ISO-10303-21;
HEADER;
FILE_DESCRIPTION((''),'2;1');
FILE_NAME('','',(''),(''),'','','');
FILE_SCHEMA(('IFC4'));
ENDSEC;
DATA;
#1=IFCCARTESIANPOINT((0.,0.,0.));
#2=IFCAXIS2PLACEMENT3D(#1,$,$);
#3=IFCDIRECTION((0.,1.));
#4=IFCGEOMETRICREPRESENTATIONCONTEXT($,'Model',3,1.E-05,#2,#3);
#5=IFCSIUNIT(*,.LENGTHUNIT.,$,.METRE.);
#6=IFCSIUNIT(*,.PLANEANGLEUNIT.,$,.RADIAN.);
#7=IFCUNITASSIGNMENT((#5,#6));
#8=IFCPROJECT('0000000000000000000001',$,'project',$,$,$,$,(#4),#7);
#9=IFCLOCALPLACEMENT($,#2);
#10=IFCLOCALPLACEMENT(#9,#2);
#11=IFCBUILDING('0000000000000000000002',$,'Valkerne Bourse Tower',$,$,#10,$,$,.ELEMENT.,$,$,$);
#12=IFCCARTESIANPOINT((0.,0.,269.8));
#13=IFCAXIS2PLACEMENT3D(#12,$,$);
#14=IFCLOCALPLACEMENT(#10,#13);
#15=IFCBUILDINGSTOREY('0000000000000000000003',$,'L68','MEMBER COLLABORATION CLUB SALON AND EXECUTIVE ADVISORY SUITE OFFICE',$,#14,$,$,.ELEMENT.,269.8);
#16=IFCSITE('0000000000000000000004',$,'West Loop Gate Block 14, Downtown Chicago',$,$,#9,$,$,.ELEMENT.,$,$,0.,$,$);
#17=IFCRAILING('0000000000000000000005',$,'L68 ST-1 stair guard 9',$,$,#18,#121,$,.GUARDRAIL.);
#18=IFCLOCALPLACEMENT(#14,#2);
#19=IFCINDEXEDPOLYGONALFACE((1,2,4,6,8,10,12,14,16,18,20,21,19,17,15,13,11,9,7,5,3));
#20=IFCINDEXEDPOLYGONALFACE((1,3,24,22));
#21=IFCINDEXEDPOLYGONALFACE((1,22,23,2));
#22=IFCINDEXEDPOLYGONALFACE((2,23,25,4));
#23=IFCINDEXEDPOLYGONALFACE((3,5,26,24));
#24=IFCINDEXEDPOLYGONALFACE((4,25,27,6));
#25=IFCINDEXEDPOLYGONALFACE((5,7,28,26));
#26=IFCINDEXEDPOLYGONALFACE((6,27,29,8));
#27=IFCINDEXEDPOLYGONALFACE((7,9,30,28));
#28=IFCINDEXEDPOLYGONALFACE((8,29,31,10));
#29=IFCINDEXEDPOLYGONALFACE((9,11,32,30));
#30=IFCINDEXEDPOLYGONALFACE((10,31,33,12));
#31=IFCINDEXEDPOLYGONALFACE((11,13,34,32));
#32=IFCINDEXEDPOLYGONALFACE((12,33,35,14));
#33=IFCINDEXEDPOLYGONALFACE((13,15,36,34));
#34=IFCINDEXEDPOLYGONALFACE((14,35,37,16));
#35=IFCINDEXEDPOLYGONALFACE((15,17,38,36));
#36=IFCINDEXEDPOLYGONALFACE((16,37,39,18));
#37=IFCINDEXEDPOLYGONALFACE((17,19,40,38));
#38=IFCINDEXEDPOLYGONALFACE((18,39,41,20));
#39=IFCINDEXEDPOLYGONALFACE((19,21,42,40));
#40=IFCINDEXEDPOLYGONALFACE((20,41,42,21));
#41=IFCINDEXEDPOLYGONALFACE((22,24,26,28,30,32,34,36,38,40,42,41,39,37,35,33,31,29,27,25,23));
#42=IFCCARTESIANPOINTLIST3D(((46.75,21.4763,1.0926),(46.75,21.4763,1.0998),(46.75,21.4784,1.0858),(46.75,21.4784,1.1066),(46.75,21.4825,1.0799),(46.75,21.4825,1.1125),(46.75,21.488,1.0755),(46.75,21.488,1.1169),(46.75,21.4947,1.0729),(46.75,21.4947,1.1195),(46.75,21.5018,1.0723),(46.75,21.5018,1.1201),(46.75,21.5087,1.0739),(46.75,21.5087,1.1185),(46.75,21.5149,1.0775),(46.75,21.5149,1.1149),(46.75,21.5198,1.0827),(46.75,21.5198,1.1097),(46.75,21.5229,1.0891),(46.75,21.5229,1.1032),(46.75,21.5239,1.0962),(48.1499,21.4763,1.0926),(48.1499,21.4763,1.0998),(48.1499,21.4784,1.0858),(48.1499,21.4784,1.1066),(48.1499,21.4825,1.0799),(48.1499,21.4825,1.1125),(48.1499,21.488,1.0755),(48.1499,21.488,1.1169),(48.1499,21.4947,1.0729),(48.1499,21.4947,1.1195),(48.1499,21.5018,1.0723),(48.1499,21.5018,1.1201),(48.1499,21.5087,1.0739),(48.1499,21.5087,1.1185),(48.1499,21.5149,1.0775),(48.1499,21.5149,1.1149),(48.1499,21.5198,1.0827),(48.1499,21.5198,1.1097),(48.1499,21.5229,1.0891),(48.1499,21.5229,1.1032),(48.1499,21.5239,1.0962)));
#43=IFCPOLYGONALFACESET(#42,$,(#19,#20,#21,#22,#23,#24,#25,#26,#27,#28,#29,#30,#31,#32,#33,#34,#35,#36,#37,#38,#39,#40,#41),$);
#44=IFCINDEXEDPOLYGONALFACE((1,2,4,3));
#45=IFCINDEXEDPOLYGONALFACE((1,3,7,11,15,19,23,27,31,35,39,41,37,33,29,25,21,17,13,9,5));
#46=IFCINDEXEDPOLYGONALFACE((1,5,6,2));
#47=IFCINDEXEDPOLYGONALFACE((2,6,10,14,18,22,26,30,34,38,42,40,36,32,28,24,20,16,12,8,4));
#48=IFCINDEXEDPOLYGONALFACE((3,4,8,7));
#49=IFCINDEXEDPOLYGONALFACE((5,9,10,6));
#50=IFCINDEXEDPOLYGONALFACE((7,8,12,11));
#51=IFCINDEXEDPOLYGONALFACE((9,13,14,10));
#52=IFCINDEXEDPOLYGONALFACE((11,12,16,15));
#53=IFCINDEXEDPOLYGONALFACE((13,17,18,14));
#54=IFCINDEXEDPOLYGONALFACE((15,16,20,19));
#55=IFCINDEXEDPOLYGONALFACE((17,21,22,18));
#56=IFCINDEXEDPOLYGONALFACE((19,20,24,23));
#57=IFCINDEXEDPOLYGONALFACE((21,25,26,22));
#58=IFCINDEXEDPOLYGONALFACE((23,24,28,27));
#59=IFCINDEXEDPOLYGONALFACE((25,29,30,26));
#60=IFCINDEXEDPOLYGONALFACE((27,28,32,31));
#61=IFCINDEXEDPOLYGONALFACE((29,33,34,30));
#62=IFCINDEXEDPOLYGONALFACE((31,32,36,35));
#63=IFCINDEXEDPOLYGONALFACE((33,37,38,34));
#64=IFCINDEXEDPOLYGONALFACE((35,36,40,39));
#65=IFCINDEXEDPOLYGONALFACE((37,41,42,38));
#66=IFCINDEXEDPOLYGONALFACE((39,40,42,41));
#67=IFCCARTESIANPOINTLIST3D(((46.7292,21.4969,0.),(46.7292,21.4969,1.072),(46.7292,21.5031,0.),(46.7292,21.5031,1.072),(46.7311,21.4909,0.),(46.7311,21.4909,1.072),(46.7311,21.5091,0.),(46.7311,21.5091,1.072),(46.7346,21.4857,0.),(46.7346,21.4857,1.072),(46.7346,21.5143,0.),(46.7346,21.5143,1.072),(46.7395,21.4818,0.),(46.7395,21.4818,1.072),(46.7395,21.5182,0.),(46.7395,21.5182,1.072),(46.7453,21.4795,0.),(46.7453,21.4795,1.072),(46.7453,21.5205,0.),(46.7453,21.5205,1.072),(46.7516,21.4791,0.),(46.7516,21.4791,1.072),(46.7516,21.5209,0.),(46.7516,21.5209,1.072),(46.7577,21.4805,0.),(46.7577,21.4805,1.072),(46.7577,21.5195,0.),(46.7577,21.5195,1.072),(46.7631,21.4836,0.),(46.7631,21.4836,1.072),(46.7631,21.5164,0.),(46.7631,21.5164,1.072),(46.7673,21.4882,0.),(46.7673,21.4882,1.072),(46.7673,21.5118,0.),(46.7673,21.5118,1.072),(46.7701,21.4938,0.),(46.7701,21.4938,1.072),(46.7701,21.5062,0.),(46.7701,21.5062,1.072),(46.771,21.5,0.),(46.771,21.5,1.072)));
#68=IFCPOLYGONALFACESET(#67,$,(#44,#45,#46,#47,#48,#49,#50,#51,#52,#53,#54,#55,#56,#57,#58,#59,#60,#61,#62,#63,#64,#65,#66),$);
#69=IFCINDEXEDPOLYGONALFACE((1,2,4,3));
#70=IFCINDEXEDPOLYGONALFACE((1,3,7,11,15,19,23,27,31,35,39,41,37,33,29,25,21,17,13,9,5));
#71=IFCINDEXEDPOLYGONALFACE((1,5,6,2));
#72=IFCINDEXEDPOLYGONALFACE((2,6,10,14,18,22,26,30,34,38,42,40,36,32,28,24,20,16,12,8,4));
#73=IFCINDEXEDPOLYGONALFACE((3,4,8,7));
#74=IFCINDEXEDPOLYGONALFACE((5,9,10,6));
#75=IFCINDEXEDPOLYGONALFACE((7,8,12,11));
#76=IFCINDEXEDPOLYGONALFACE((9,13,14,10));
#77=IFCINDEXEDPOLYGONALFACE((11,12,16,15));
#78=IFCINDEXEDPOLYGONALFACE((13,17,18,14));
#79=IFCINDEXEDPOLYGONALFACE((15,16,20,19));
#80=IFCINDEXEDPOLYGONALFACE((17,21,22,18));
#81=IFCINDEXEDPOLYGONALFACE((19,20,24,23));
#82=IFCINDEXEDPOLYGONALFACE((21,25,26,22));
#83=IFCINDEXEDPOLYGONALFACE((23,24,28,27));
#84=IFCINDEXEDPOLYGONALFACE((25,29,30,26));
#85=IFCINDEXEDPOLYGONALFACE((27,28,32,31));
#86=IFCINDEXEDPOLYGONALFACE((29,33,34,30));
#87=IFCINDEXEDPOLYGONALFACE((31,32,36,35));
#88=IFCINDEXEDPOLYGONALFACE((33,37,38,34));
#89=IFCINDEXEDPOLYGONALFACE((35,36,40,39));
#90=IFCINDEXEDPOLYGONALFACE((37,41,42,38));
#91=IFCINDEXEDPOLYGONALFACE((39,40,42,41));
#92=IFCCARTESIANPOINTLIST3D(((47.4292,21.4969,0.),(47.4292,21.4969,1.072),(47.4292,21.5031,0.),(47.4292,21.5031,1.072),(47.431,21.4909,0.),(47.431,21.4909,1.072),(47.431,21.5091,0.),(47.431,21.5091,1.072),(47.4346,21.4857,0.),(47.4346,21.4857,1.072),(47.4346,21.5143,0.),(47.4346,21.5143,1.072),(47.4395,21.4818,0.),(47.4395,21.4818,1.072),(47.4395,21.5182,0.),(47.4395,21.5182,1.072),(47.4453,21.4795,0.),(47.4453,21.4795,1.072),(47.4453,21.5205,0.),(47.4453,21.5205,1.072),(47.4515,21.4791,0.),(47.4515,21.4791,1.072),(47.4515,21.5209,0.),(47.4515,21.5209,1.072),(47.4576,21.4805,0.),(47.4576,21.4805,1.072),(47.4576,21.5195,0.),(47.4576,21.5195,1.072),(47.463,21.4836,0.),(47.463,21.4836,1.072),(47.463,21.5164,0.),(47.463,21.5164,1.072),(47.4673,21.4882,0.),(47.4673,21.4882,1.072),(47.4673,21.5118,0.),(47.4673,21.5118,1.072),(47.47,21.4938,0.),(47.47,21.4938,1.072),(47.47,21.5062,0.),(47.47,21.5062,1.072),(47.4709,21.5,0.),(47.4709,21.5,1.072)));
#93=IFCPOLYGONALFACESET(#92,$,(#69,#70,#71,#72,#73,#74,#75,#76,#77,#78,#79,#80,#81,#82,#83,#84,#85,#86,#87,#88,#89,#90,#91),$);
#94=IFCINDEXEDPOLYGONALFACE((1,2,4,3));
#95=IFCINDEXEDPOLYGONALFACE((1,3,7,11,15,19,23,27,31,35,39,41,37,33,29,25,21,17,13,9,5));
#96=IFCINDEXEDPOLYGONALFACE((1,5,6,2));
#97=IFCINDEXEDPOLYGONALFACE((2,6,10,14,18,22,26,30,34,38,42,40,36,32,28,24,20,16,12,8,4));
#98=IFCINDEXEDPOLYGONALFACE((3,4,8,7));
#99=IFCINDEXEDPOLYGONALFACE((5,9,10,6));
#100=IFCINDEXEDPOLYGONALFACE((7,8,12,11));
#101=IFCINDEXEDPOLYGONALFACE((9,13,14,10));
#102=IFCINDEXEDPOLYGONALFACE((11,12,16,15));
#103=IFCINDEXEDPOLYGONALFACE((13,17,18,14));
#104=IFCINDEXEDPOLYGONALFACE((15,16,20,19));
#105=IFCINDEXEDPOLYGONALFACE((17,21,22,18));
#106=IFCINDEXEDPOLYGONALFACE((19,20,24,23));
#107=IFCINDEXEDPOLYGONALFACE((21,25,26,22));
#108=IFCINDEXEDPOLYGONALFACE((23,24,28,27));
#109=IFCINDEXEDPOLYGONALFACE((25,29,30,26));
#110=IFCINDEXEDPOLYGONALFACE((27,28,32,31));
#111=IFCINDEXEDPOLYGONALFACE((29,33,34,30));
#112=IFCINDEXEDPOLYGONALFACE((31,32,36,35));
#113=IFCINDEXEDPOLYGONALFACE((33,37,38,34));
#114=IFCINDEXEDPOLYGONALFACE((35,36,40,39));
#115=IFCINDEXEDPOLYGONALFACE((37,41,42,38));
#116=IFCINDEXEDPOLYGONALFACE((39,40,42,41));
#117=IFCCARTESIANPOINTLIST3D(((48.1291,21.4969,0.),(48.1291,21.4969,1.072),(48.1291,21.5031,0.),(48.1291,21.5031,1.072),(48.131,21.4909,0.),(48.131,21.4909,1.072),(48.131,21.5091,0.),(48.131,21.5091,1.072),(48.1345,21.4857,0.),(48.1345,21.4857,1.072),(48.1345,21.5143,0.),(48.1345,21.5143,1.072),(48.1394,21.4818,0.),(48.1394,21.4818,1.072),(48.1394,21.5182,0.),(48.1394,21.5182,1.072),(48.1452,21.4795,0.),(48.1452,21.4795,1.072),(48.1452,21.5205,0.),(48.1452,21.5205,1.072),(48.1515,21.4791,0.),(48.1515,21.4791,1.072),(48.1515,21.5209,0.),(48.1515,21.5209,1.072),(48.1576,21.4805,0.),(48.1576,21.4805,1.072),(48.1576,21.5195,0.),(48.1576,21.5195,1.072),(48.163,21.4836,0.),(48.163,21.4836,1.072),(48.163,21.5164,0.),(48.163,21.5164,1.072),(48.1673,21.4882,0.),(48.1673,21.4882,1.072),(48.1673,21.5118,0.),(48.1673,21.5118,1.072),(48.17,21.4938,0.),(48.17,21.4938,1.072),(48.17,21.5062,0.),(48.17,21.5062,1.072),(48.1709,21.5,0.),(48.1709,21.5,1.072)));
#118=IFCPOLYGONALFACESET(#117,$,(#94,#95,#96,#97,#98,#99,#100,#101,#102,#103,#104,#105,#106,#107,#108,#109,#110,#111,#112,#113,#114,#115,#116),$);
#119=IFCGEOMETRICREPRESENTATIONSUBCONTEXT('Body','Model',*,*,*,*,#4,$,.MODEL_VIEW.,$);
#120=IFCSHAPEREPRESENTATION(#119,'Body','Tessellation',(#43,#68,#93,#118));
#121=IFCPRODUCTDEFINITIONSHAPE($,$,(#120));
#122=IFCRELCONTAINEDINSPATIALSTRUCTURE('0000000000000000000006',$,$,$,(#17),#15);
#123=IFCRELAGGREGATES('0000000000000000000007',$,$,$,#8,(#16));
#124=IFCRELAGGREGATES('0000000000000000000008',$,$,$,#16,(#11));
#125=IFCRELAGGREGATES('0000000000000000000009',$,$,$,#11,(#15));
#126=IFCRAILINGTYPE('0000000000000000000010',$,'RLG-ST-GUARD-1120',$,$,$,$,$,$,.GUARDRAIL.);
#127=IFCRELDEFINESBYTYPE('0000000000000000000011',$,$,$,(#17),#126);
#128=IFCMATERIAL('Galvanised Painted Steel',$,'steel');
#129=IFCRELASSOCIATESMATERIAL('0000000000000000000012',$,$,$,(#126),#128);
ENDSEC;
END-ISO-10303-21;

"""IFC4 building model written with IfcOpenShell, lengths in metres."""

from ifc_helpers import new_model, si_unit, direction, frame, origin, origin_2d, place, context, subcontext, project, spatial, circle, extrude, material, type_object, element, save


model = new_model("IFC4")

# Units and contexts
model_context = context("Model", 3, precision=1e-05, world=origin(), true_north=direction((0.0, 1.0)))
body_context = subcontext(model_context, "Body", "Model", "MODEL_VIEW")
ifc_project = project(units=[si_unit("LENGTHUNIT", "METRE"), si_unit("PLANEANGLEUNIT", "RADIAN")], contexts=[model_context])

# Site, building, storey
site_placement = place(None, origin())
site = spatial("IfcSite", under=ifc_project, at=site_placement, Name="West Loop Gate Block 14, Downtown Chicago", CompositionType="ELEMENT", RefElevation=0.0)
building_placement = place(site_placement, origin())
building = spatial("IfcBuilding", under=site, at=building_placement, Name="Valkerne Bourse Tower", CompositionType="ELEMENT")
storey_placement = place(building_placement, frame((0.0, 0.0, 269.8)))
storey = spatial("IfcBuildingStorey", under=building, at=storey_placement, Name="L68", Description="MEMBER COLLABORATION CLUB SALON AND EXECUTIVE ADVISORY SUITE OFFICE", CompositionType="ELEMENT", Elevation=269.8)

# Shared definitions
ifc_material_1 = material(Name="Galvanised Painted Steel", Category="steel")

# Railing
railing_type_1 = type_object("IfcRailingType", Name="RLG-ST-GUARD-1120", PredefinedType="GUARDRAIL", material=ifc_material_1)
for number, where, name in (
    (1, (46.75, 21.5, 0.0), "L68 ST-1 stair guard 9"),
):
    element("IfcRailing", number, at=place(storey_placement, frame(where)), inside=storey, type_object=railing_type_1, Name=name, PredefinedType="GUARDRAIL", context=body_context, shape_type="SweptSolid", body=[
        extrude(circle(Radius=0.0239, at=origin_2d()), frame((0.0, 0.0, 1.0962), z_axis=(1.0, 0.0, 0.0), x_axis=(0.0, 1.0, 0.0)), (0.0, 0.0, 1.0), 1.3999),
        extrude(circle(Radius=0.021, at=origin_2d()), origin(), (0.0, 0.0, 1.0), 1.072),
        extrude(circle(Radius=0.021, at=origin_2d()), frame((0.7, 0.0, 0.0)), (0.0, 0.0, 1.0), 1.072),
        extrude(circle(Radius=0.021, at=origin_2d()), frame((1.3999, 0.0, 0.0)), (0.0, 0.0, 1.0), 1.072),
    ])

save(model, "model.ifc")
